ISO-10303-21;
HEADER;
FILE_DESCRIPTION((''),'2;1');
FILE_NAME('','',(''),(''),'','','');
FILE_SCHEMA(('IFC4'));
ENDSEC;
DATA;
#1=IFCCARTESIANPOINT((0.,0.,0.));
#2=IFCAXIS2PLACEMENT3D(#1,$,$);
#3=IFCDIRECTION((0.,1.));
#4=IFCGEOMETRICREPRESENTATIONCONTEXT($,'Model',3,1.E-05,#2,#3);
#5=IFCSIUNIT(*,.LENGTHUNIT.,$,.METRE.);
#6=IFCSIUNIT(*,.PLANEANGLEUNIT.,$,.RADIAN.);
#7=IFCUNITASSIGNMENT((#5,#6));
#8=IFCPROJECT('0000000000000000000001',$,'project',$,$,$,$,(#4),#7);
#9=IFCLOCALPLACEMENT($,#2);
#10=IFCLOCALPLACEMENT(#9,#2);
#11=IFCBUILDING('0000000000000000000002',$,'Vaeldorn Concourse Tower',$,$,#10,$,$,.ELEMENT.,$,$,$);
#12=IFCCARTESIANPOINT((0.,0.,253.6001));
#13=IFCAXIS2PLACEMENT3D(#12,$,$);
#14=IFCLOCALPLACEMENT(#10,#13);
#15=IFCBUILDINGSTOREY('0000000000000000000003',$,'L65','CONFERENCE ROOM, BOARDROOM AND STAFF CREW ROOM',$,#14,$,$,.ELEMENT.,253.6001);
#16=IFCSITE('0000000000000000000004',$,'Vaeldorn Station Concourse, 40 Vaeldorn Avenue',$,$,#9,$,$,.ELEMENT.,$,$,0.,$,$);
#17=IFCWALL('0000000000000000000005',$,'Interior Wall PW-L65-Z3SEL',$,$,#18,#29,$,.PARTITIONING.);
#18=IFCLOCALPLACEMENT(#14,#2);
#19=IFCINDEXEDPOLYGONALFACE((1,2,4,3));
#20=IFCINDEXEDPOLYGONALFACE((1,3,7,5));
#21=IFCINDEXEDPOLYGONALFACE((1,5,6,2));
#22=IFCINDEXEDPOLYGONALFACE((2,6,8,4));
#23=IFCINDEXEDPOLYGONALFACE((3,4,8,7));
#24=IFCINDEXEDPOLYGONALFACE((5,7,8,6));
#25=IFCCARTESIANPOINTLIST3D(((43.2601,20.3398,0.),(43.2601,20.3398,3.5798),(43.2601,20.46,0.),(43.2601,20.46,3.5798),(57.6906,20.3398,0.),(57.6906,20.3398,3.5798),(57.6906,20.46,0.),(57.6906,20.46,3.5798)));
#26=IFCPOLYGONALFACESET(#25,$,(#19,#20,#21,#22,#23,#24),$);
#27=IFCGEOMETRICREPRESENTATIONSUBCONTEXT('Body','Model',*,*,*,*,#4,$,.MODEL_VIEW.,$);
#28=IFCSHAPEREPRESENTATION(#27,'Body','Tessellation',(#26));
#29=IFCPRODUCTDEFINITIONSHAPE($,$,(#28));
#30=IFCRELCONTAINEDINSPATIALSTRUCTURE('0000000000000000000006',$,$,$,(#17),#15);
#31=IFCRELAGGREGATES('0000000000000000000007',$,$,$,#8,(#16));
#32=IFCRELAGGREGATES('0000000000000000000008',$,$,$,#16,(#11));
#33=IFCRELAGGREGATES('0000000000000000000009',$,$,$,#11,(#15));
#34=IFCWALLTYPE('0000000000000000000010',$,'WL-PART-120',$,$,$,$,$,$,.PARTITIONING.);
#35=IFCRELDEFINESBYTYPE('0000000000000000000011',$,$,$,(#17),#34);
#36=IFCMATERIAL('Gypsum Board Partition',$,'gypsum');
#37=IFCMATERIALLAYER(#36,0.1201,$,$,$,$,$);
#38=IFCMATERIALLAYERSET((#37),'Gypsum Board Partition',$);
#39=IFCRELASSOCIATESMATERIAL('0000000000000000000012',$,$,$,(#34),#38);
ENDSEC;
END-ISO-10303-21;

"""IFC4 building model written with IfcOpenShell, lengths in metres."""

from ifc_helpers import new_model, si_unit, direction, frame, frame_2d, origin, place, context, subcontext, project, spatial, rectangle, extrude, material, layer, layer_set, type_object, element, save


model = new_model("IFC4")

# Units and contexts
model_context = context("Model", 3, precision=1e-05, world=origin(), true_north=direction((0.0, 1.0)))
body_context = subcontext(model_context, "Body", "Model", "MODEL_VIEW")
ifc_project = project(units=[si_unit("LENGTHUNIT", "METRE"), si_unit("PLANEANGLEUNIT", "RADIAN")], contexts=[model_context])

# Site, building, storey
site_placement = place(None, origin())
site = spatial("IfcSite", under=ifc_project, at=site_placement, Name="Vaeldorn Station Concourse, 40 Vaeldorn Avenue", CompositionType="ELEMENT", RefElevation=0.0)
building_placement = place(site_placement, origin())
building = spatial("IfcBuilding", under=site, at=building_placement, Name="Vaeldorn Concourse Tower", CompositionType="ELEMENT")
storey_placement = place(building_placement, frame((0.0, 0.0, 253.6001)))
storey = spatial("IfcBuildingStorey", under=building, at=storey_placement, Name="L65", Description="CONFERENCE ROOM, BOARDROOM AND STAFF CREW ROOM", CompositionType="ELEMENT", Elevation=253.6001)

# Shared definitions
ifc_material_1 = material(Name="Gypsum Board Partition", Category="gypsum")
ifc_layer = layer(ifc_material_1, 0.1201)
ifc_layer_set = layer_set([ifc_layer], Name="Gypsum Board Partition")
wall_type = type_object("IfcWallType", Name="WL-PART-120", PredefinedType="PARTITIONING", material=ifc_layer_set)

# Wall
wall_1_placement = place(storey_placement, frame((43.26, 20.3999, 0.0), z_axis=(0.0, 0.0, 1.0), x_axis=(1.0, 0.0, 0.0)))
element("IfcWall", 1, at=wall_1_placement, inside=storey, type_object=wall_type, Name="Interior Wall PW-L65-Z3SEL", PredefinedType="PARTITIONING", context=body_context, shape_type="SweptSolid", body=[
    extrude(rectangle(XDim=14.4304, YDim=0.1201, at=frame_2d((7.2153, 0.0))), origin(), (0.0, 0.0, 1.0), 3.5798),
])

save(model, "model.ifc")
